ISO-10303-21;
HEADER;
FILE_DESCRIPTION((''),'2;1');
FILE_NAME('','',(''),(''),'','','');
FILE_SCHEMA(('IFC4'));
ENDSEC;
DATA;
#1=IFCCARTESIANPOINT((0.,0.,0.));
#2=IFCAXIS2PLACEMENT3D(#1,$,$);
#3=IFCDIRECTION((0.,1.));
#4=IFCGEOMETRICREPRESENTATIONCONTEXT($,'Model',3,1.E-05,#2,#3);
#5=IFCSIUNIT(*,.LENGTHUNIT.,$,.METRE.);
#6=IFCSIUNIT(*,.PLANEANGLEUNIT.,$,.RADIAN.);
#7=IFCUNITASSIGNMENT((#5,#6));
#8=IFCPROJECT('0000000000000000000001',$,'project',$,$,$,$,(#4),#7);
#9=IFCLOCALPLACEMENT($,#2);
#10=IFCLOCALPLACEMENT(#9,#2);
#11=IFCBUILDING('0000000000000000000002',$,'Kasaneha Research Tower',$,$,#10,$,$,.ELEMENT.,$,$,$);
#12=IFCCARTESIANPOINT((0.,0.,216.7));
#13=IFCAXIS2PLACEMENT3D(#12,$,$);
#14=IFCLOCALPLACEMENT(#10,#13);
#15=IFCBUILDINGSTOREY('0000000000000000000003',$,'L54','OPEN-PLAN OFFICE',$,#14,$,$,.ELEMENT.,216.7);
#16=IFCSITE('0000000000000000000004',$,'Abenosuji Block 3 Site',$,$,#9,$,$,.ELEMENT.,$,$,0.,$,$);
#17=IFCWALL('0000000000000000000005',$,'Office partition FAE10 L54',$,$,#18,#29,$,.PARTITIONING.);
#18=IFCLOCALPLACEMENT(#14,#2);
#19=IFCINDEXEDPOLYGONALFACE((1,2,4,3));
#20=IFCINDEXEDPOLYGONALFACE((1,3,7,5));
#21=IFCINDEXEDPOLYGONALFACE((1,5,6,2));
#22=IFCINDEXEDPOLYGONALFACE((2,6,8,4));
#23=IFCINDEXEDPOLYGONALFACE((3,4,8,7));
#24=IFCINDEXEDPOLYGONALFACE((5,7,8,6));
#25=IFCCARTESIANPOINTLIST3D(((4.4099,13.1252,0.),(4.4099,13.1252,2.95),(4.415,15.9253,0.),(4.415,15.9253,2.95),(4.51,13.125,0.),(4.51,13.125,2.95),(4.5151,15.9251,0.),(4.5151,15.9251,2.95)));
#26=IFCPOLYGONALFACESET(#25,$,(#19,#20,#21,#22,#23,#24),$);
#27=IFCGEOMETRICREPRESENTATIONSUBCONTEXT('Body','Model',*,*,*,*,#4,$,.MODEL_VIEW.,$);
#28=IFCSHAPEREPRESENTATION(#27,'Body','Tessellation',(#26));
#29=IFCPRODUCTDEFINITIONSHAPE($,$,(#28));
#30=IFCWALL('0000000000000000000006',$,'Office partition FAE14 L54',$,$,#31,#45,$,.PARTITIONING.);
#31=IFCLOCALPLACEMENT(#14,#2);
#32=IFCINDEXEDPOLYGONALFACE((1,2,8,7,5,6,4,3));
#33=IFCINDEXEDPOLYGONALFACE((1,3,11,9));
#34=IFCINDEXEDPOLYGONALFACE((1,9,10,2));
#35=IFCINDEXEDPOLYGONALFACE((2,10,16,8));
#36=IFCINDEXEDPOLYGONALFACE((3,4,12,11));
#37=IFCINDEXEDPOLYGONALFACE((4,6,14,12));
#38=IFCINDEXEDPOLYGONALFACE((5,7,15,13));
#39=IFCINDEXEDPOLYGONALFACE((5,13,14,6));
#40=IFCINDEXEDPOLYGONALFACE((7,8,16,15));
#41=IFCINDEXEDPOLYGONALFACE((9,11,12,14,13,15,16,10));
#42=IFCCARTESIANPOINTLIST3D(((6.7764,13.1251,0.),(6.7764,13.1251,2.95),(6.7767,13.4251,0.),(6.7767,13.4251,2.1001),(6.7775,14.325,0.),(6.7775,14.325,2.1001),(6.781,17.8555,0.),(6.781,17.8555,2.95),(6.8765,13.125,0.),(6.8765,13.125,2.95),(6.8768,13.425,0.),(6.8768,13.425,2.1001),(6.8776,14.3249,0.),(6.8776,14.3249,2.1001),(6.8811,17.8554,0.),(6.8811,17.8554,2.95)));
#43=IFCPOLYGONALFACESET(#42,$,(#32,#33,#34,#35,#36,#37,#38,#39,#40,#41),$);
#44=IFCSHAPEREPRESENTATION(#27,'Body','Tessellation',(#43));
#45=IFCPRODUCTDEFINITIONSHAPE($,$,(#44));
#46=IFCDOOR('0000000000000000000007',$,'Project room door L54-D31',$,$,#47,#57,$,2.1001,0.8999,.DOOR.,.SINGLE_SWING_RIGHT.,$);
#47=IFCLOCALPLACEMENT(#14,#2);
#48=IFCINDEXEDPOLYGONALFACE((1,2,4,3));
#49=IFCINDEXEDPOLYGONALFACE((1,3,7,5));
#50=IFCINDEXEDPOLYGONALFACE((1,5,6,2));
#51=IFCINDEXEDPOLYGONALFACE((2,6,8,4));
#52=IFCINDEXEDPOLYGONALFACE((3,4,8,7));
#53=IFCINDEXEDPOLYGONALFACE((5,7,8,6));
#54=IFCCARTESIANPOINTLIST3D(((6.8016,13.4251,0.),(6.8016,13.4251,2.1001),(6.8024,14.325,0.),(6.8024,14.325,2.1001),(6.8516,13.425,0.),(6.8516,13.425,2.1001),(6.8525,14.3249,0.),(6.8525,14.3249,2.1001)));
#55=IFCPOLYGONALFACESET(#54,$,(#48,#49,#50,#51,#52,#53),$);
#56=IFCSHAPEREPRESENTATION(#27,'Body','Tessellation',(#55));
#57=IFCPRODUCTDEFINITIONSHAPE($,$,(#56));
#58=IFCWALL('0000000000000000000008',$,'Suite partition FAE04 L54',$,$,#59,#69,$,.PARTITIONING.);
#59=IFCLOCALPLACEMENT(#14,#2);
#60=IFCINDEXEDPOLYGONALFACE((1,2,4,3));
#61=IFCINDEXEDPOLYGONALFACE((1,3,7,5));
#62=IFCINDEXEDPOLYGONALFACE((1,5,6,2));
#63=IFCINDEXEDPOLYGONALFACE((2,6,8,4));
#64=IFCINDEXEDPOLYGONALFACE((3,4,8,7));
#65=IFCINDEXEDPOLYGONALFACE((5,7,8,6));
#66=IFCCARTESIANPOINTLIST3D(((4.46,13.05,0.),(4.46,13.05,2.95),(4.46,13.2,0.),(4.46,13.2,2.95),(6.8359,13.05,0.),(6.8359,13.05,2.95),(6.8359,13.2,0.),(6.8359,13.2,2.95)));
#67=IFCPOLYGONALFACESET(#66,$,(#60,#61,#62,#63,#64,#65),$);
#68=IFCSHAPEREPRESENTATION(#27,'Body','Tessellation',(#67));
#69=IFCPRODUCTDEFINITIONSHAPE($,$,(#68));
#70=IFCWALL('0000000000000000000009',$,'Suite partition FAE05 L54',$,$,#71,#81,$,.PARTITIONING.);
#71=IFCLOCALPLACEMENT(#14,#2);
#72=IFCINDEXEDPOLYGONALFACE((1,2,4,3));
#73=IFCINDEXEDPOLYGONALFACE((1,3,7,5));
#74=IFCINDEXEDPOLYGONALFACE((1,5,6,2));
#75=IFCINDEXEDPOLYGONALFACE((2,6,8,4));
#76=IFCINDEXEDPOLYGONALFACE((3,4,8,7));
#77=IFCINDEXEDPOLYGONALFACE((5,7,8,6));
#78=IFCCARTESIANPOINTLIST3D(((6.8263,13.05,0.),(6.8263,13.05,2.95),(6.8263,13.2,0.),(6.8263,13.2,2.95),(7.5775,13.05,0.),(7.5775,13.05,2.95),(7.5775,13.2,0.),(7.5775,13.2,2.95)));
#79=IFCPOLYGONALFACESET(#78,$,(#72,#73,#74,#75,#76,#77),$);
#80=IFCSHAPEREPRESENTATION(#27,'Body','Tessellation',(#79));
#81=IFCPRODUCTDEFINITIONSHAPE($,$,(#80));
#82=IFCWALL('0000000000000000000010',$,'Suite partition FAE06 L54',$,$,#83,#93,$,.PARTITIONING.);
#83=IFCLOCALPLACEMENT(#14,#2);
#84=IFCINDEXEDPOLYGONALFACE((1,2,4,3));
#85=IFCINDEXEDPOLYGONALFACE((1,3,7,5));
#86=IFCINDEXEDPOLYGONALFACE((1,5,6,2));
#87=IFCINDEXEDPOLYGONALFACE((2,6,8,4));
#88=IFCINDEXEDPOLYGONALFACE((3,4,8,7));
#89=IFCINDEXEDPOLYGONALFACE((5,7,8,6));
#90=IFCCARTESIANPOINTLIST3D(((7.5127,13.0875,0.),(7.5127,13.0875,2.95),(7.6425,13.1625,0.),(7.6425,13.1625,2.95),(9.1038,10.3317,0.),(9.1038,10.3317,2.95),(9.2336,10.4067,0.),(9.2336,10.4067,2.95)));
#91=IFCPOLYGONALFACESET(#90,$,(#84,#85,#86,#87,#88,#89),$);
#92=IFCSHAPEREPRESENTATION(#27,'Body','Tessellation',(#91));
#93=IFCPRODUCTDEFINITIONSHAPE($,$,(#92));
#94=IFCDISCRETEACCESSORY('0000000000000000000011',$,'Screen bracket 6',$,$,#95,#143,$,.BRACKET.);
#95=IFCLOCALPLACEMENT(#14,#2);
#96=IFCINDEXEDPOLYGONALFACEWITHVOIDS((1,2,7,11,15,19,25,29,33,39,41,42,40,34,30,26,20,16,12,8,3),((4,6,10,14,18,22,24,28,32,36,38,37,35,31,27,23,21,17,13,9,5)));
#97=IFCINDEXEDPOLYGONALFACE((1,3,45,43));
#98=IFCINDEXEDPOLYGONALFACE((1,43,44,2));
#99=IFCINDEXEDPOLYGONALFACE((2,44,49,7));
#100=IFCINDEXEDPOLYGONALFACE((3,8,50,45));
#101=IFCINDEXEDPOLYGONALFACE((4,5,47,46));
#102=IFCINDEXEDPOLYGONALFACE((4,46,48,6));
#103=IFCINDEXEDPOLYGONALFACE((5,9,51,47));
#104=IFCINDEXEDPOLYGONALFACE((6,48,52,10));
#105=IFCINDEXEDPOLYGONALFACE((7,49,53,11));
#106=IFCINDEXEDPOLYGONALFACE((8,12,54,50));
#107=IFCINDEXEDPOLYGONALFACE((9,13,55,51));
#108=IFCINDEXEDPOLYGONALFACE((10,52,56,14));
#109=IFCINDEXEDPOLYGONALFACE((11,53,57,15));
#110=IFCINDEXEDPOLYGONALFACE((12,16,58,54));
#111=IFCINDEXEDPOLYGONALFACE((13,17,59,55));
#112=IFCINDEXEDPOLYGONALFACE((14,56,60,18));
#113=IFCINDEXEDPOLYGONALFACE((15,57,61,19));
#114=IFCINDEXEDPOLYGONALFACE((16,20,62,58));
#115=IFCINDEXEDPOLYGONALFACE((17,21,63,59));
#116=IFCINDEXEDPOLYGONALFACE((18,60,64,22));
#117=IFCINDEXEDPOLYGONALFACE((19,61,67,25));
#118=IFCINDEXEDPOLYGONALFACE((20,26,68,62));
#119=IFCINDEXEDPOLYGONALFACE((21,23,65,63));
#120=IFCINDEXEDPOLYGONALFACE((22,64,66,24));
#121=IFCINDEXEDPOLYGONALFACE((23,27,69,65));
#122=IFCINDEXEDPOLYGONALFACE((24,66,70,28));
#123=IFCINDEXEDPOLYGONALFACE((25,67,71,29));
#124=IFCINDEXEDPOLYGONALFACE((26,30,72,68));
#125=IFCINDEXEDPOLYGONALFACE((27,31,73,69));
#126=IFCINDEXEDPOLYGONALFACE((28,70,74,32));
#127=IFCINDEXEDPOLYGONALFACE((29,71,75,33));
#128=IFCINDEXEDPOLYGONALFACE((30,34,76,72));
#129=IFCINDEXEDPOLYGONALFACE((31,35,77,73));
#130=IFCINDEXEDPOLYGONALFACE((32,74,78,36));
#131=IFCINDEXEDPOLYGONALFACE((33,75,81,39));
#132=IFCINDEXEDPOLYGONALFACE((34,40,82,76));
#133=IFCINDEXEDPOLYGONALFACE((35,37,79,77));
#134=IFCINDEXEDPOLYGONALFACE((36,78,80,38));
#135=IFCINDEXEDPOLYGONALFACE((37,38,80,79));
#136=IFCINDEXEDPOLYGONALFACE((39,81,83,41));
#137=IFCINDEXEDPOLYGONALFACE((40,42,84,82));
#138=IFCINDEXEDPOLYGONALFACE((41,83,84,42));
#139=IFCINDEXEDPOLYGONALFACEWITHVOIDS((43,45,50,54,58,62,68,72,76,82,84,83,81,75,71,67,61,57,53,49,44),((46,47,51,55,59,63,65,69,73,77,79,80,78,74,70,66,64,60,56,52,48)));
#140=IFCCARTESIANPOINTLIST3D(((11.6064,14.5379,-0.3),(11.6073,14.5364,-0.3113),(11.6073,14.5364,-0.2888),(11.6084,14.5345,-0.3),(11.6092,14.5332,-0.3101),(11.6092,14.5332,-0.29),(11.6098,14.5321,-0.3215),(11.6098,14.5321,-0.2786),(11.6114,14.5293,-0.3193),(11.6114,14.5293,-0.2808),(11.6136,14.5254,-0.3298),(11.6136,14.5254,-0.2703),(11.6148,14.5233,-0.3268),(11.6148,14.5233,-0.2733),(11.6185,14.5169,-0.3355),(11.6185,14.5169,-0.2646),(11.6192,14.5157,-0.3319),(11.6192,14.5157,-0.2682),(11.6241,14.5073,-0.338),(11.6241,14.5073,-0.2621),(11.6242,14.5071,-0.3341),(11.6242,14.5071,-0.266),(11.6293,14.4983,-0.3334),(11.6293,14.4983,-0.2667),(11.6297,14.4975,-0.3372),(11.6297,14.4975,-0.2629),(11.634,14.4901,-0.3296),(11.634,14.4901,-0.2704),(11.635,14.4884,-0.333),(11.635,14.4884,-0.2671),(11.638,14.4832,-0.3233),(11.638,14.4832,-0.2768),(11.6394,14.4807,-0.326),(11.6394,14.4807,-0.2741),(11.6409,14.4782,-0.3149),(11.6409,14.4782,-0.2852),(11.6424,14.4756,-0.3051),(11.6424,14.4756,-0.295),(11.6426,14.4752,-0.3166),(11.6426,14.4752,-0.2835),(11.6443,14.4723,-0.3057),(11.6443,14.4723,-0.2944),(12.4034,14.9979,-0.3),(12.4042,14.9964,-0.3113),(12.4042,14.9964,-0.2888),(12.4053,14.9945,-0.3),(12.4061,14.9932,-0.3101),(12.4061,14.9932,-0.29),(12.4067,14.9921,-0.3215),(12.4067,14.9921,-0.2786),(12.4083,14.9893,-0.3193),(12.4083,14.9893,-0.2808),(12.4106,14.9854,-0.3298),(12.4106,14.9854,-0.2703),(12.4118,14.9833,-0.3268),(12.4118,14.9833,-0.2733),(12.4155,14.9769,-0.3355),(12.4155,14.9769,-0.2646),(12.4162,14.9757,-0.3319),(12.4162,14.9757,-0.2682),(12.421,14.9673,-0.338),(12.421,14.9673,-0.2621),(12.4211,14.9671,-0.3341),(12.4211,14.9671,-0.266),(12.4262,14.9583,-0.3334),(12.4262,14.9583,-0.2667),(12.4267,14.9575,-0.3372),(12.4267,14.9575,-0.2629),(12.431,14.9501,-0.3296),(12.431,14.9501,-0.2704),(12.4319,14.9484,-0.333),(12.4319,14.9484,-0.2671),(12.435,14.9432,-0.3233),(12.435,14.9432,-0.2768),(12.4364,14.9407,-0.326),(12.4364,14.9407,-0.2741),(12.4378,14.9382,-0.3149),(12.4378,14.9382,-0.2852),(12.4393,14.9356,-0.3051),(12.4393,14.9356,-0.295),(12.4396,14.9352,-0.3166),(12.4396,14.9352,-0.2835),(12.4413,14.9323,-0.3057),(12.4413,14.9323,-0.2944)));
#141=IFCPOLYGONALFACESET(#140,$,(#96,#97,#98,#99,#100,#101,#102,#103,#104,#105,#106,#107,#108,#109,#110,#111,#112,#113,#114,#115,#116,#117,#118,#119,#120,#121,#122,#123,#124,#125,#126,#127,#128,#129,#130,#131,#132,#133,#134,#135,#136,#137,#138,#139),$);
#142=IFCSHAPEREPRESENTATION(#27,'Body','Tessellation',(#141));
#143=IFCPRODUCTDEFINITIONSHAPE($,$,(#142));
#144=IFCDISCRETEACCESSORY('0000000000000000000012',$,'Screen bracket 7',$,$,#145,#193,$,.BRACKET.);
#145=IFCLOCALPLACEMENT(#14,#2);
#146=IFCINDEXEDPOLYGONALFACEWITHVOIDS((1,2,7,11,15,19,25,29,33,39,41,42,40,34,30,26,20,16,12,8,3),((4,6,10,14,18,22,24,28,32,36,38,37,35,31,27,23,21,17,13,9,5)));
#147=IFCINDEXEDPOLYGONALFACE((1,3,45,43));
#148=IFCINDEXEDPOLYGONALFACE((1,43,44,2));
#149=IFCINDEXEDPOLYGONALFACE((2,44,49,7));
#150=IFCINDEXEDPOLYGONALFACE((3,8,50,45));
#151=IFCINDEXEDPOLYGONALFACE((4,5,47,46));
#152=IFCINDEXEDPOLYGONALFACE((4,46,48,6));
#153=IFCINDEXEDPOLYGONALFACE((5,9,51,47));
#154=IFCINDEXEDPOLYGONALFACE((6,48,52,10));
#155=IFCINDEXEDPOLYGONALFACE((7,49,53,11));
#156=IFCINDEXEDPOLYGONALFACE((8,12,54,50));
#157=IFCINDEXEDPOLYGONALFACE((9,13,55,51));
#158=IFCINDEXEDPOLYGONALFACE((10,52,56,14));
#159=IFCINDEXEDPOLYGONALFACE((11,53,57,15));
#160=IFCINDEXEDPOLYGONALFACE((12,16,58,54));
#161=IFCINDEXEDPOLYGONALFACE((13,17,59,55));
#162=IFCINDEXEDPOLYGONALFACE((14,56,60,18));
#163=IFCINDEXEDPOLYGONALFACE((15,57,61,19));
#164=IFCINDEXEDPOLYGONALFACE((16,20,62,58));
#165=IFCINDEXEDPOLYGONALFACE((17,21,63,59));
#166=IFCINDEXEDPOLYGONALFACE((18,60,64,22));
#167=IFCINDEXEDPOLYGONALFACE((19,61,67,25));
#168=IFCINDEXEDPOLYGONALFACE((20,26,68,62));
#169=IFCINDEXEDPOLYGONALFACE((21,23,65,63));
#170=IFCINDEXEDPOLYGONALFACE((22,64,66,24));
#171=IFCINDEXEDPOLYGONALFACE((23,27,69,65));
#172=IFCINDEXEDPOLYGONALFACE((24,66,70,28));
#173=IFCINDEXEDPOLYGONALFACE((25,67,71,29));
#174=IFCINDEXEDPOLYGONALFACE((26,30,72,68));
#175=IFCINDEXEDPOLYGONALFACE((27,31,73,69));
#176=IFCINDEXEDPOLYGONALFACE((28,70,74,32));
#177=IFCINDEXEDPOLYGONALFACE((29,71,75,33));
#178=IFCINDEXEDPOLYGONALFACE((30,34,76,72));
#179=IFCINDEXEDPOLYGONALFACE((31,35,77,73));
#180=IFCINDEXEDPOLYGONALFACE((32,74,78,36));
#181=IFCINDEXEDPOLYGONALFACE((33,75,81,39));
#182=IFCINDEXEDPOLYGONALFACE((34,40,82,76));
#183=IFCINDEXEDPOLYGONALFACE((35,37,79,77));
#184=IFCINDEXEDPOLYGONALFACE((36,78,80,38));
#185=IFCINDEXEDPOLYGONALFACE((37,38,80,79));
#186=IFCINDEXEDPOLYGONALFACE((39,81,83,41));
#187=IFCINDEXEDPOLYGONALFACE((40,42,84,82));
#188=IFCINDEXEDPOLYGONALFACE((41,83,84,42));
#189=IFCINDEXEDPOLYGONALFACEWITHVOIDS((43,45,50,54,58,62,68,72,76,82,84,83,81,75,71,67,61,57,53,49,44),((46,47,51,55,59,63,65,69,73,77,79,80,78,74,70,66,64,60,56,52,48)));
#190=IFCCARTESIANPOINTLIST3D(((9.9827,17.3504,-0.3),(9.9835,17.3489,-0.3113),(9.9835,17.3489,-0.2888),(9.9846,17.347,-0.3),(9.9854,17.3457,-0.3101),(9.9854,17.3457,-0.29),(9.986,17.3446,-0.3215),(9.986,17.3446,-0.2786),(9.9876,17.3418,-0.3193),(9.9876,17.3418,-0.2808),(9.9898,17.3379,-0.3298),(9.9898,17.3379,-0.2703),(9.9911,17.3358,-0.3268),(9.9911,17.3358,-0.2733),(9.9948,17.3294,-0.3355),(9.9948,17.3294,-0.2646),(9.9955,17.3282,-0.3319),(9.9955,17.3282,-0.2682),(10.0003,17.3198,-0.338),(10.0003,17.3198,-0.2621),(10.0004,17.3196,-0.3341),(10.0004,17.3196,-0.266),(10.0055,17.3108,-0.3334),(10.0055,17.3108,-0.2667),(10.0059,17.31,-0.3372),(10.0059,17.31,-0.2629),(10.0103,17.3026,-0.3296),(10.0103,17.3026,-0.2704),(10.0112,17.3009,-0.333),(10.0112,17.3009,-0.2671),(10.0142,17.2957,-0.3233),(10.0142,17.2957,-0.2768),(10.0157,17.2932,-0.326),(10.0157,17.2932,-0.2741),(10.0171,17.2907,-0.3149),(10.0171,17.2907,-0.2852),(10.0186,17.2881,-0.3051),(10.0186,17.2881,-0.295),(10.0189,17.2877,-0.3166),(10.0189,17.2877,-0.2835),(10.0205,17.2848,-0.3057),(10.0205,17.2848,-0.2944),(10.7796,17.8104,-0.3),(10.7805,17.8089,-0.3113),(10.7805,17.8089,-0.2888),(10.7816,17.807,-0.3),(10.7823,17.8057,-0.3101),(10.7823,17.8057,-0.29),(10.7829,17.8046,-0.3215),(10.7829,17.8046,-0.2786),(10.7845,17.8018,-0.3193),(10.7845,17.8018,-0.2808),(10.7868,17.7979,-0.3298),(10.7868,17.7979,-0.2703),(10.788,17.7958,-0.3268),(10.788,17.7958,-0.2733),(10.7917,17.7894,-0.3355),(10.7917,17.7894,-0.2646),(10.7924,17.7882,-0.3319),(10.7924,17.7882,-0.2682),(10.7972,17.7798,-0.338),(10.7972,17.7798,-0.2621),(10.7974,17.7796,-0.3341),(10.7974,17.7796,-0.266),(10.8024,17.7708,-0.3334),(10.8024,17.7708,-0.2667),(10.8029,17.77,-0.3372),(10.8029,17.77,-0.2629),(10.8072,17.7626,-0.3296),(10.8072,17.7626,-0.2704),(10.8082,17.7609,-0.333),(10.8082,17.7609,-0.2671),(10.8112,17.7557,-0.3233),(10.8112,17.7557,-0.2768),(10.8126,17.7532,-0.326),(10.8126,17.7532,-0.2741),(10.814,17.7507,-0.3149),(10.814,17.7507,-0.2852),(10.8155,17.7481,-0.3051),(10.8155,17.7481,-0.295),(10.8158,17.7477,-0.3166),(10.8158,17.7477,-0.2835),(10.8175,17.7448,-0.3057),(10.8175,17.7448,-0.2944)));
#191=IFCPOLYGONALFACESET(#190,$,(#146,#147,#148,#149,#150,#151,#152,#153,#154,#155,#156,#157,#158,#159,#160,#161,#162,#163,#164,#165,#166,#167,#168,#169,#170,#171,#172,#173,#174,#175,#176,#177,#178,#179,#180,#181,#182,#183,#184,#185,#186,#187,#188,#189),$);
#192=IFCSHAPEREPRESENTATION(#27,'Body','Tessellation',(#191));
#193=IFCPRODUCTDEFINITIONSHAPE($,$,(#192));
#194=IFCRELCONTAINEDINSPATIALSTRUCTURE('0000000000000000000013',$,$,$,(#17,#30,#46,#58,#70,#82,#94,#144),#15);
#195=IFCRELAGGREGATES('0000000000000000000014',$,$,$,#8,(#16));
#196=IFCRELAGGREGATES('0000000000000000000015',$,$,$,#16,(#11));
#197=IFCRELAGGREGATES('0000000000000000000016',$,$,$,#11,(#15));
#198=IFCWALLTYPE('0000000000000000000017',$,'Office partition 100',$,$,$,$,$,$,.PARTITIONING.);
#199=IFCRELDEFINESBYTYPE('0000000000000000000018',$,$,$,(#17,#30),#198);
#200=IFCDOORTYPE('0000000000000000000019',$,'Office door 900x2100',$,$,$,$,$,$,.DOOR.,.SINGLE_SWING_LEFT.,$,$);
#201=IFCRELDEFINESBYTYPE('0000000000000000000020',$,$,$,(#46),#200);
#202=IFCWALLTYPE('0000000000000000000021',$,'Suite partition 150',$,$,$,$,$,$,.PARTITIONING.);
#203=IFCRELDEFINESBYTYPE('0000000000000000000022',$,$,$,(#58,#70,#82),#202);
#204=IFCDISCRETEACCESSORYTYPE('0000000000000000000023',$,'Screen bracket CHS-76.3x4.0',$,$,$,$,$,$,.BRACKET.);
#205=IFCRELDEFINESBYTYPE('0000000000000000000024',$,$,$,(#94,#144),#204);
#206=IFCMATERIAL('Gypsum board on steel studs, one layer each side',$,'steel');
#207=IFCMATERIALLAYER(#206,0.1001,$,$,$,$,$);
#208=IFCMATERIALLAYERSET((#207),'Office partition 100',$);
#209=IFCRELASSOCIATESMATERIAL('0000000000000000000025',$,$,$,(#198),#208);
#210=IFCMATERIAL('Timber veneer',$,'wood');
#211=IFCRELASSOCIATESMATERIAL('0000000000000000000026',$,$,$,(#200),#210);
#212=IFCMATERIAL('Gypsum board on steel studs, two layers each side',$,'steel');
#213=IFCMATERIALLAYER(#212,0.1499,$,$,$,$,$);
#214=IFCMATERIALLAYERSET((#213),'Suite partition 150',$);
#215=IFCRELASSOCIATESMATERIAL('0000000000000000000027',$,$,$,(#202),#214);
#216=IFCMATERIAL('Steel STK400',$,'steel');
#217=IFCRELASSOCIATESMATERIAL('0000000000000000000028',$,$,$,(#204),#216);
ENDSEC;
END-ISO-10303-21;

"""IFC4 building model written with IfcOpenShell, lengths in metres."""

from ifc_helpers import new_model, si_unit, direction, frame, frame_2d, origin, origin_2d, place, context, subcontext, project, spatial, rectangle, hollow_circle, extrude, material, layer, layer_set, material_profile, profile_set, type_object, element, fill, save


model = new_model("IFC4")

# Units and contexts
model_context = context("Model", 3, precision=1e-05, world=origin(), true_north=direction((0.0, 1.0)))
body_context = subcontext(model_context, "Body", "Model", "MODEL_VIEW")
ifc_project = project(units=[si_unit("LENGTHUNIT", "METRE"), si_unit("PLANEANGLEUNIT", "RADIAN")], contexts=[model_context])

# Site, building, storey
site_placement = place(None, origin())
site = spatial("IfcSite", under=ifc_project, at=site_placement, Name="Abenosuji Block 3 Site", CompositionType="ELEMENT", RefElevation=0.0)
building_placement = place(site_placement, origin())
building = spatial("IfcBuilding", under=site, at=building_placement, Name="Kasaneha Research Tower", CompositionType="ELEMENT")
storey_placement = place(building_placement, frame((0.0, 0.0, 216.7)))
storey = spatial("IfcBuildingStorey", under=building, at=storey_placement, Name="L54", Description="OPEN-PLAN OFFICE", CompositionType="ELEMENT", Elevation=216.7)

# Wall
ifc_material_1 = material(Name="Gypsum board on steel studs, one layer each side", Category="steel")
ifc_layer_1 = layer(ifc_material_1, 0.1001)
ifc_layer_set_1 = layer_set([ifc_layer_1], Name="Office partition 100")
wall_type_1 = type_object("IfcWallType", Name="Office partition 100", PredefinedType="PARTITIONING", material=ifc_layer_set_1)
wall_1_placement = place(storey_placement, frame((4.4651, 15.925, 0.0), z_axis=(0.0, 0.0, 1.0), x_axis=(-0.001831, -0.999998, 0.0)))
element("IfcWall", 1, at=wall_1_placement, inside=storey, type_object=wall_type_1, Name="Office partition FAE10 L54", PredefinedType="PARTITIONING", context=body_context, shape_type="SweptSolid", body=[
    extrude(rectangle(XDim=2.8, YDim=0.1001, at=frame_2d((1.3999, 0.0))), origin(), (0.0, 0.0, 1.0), 2.95),
])

# Wall, opening, door
wall_2_placement = place(storey_placement, frame((6.8311, 17.8555, 0.0), z_axis=(0.0, 0.0, 1.0), x_axis=(-0.000981, -1.0, 0.0)))
wall_2 = element("IfcWall", 2, at=wall_2_placement, inside=storey, type_object=wall_type_1, Name="Office partition FAE14 L54", PredefinedType="PARTITIONING", context=body_context, shape_type="SweptSolid", body=[
    extrude(rectangle(XDim=4.7305, YDim=0.1001, at=frame_2d((2.3652, 0.0))), origin(), (0.0, 0.0, 1.0), 2.95),
])
opening_placement = place(wall_2_placement, frame((3.5305, 0.0, 0.0)))
opening = element("IfcOpeningElement", 3, at=opening_placement, cuts=wall_2, PredefinedType="OPENING", context=body_context, shape_type="SweptSolid", body=[
    extrude(rectangle(XDim=0.8999, YDim=2.1001, at=frame_2d((0.45, 1.05))), frame((0.0, 0.0601, 0.0), z_axis=(0.0, -1.0, 0.0), x_axis=(1.0, 0.0, 0.0)), (0.0, 0.0, 1.0), 0.1201),
])
ifc_material_2 = material(Name="Timber veneer", Category="wood")
door_type = type_object("IfcDoorType", Name="Office door 900x2100", OperationType="SINGLE_SWING_LEFT", PredefinedType="DOOR", material=ifc_material_2)
door_placement = place(opening_placement, origin())
door = element("IfcDoor", 4, at=door_placement, inside=storey, type_object=door_type, Name="Project room door L54-D31", OperationType="SINGLE_SWING_RIGHT", OverallHeight=2.1001, OverallWidth=0.8999, PredefinedType="DOOR", context=body_context, shape_type="SweptSolid", body=[
    extrude(rectangle(XDim=0.8999, YDim=2.1001, at=frame_2d((0.45, 1.05))), frame((0.0, 0.0249, 0.0), z_axis=(0.0, -1.0, 0.0), x_axis=(1.0, 0.0, 0.0)), (0.0, 0.0, 1.0), 0.05),
])
fill(opening, door)

# Walls
ifc_material_3 = material(Name="Gypsum board on steel studs, two layers each side", Category="steel")
ifc_layer_2 = layer(ifc_material_3, 0.1499)
ifc_layer_set_2 = layer_set([ifc_layer_2], Name="Suite partition 150")
wall_type_2 = type_object("IfcWallType", Name="Suite partition 150", PredefinedType="PARTITIONING", material=ifc_layer_set_2)
wall_3_placement = place(storey_placement, frame((4.46, 13.125, 0.0), z_axis=(0.0, 0.0, 1.0), x_axis=(1.0, 0.0, 0.0)))
element("IfcWall", 5, at=wall_3_placement, inside=storey, type_object=wall_type_2, Name="Suite partition FAE04 L54", PredefinedType="PARTITIONING", context=body_context, shape_type="SweptSolid", body=[
    extrude(rectangle(XDim=2.376, YDim=0.1499, at=frame_2d((1.188, 0.0))), origin(), (0.0, 0.0, 1.0), 2.95),
])
wall_4_placement = place(storey_placement, frame((6.8264, 13.125, 0.0), z_axis=(0.0, 0.0, 1.0), x_axis=(1.0, 0.0, 0.0)))
element("IfcWall", 6, at=wall_4_placement, inside=storey, type_object=wall_type_2, Name="Suite partition FAE05 L54", PredefinedType="PARTITIONING", context=body_context, shape_type="SweptSolid", body=[
    extrude(rectangle(XDim=0.7512, YDim=0.1499, at=frame_2d((0.3755, 0.0))), origin(), (0.0, 0.0, 1.0), 2.95),
])
wall_5_placement = place(storey_placement, frame((7.5776, 13.125, 0.0), z_axis=(0.0, 0.0, 1.0), x_axis=(0.499993, -0.86603, 0.0)))
element("IfcWall", 7, at=wall_5_placement, inside=storey, type_object=wall_type_2, Name="Suite partition FAE06 L54", PredefinedType="PARTITIONING", context=body_context, shape_type="SweptSolid", body=[
    extrude(rectangle(XDim=3.1821, YDim=0.1499, at=frame_2d((1.5911, 0.0))), origin(), (0.0, 0.0, 1.0), 2.95),
])

# Discrete accessories
ifc_material_4 = material(Name="Steel STK400", Category="steel")
ifc_material_profile_1 = material_profile(ifc_material_4, hollow_circle(Radius=0.0381, WallThickness=0.0039, at=origin_2d()), Name="CHS-76.3x4.0")
ifc_profile_set_1 = profile_set([ifc_material_profile_1], Name="Steel STK400")
discrete_accessory_type = type_object("IfcDiscreteAccessoryType", Name="Screen bracket CHS-76.3x4.0", PredefinedType="BRACKET", material=ifc_profile_set_1)
for number, where, z_axis, x_axis, name in (
    (8, (11.6255, 14.5049, -0.3), (0.86608, 0.499906, 0.0), (-0.499906, 0.86608, 0.0), "Screen bracket 6"),
    (9, (10.0017, 17.3174, -0.3), (0.86608, 0.499906, 0.0), (-0.499906, 0.86608, 0.0), "Screen bracket 7"),
):
    element("IfcDiscreteAccessory", number, at=place(storey_placement, frame(where, z_axis=z_axis, x_axis=x_axis)), inside=storey, type_object=discrete_accessory_type, Name=name, PredefinedType="BRACKET", context=body_context, shape_type="SweptSolid", body=[
        extrude(hollow_circle(Radius=0.0381, WallThickness=0.0039, at=origin_2d()), origin(), (0.0, 0.0, 1.0), 0.9202),
    ])

save(model, "model.ifc")
